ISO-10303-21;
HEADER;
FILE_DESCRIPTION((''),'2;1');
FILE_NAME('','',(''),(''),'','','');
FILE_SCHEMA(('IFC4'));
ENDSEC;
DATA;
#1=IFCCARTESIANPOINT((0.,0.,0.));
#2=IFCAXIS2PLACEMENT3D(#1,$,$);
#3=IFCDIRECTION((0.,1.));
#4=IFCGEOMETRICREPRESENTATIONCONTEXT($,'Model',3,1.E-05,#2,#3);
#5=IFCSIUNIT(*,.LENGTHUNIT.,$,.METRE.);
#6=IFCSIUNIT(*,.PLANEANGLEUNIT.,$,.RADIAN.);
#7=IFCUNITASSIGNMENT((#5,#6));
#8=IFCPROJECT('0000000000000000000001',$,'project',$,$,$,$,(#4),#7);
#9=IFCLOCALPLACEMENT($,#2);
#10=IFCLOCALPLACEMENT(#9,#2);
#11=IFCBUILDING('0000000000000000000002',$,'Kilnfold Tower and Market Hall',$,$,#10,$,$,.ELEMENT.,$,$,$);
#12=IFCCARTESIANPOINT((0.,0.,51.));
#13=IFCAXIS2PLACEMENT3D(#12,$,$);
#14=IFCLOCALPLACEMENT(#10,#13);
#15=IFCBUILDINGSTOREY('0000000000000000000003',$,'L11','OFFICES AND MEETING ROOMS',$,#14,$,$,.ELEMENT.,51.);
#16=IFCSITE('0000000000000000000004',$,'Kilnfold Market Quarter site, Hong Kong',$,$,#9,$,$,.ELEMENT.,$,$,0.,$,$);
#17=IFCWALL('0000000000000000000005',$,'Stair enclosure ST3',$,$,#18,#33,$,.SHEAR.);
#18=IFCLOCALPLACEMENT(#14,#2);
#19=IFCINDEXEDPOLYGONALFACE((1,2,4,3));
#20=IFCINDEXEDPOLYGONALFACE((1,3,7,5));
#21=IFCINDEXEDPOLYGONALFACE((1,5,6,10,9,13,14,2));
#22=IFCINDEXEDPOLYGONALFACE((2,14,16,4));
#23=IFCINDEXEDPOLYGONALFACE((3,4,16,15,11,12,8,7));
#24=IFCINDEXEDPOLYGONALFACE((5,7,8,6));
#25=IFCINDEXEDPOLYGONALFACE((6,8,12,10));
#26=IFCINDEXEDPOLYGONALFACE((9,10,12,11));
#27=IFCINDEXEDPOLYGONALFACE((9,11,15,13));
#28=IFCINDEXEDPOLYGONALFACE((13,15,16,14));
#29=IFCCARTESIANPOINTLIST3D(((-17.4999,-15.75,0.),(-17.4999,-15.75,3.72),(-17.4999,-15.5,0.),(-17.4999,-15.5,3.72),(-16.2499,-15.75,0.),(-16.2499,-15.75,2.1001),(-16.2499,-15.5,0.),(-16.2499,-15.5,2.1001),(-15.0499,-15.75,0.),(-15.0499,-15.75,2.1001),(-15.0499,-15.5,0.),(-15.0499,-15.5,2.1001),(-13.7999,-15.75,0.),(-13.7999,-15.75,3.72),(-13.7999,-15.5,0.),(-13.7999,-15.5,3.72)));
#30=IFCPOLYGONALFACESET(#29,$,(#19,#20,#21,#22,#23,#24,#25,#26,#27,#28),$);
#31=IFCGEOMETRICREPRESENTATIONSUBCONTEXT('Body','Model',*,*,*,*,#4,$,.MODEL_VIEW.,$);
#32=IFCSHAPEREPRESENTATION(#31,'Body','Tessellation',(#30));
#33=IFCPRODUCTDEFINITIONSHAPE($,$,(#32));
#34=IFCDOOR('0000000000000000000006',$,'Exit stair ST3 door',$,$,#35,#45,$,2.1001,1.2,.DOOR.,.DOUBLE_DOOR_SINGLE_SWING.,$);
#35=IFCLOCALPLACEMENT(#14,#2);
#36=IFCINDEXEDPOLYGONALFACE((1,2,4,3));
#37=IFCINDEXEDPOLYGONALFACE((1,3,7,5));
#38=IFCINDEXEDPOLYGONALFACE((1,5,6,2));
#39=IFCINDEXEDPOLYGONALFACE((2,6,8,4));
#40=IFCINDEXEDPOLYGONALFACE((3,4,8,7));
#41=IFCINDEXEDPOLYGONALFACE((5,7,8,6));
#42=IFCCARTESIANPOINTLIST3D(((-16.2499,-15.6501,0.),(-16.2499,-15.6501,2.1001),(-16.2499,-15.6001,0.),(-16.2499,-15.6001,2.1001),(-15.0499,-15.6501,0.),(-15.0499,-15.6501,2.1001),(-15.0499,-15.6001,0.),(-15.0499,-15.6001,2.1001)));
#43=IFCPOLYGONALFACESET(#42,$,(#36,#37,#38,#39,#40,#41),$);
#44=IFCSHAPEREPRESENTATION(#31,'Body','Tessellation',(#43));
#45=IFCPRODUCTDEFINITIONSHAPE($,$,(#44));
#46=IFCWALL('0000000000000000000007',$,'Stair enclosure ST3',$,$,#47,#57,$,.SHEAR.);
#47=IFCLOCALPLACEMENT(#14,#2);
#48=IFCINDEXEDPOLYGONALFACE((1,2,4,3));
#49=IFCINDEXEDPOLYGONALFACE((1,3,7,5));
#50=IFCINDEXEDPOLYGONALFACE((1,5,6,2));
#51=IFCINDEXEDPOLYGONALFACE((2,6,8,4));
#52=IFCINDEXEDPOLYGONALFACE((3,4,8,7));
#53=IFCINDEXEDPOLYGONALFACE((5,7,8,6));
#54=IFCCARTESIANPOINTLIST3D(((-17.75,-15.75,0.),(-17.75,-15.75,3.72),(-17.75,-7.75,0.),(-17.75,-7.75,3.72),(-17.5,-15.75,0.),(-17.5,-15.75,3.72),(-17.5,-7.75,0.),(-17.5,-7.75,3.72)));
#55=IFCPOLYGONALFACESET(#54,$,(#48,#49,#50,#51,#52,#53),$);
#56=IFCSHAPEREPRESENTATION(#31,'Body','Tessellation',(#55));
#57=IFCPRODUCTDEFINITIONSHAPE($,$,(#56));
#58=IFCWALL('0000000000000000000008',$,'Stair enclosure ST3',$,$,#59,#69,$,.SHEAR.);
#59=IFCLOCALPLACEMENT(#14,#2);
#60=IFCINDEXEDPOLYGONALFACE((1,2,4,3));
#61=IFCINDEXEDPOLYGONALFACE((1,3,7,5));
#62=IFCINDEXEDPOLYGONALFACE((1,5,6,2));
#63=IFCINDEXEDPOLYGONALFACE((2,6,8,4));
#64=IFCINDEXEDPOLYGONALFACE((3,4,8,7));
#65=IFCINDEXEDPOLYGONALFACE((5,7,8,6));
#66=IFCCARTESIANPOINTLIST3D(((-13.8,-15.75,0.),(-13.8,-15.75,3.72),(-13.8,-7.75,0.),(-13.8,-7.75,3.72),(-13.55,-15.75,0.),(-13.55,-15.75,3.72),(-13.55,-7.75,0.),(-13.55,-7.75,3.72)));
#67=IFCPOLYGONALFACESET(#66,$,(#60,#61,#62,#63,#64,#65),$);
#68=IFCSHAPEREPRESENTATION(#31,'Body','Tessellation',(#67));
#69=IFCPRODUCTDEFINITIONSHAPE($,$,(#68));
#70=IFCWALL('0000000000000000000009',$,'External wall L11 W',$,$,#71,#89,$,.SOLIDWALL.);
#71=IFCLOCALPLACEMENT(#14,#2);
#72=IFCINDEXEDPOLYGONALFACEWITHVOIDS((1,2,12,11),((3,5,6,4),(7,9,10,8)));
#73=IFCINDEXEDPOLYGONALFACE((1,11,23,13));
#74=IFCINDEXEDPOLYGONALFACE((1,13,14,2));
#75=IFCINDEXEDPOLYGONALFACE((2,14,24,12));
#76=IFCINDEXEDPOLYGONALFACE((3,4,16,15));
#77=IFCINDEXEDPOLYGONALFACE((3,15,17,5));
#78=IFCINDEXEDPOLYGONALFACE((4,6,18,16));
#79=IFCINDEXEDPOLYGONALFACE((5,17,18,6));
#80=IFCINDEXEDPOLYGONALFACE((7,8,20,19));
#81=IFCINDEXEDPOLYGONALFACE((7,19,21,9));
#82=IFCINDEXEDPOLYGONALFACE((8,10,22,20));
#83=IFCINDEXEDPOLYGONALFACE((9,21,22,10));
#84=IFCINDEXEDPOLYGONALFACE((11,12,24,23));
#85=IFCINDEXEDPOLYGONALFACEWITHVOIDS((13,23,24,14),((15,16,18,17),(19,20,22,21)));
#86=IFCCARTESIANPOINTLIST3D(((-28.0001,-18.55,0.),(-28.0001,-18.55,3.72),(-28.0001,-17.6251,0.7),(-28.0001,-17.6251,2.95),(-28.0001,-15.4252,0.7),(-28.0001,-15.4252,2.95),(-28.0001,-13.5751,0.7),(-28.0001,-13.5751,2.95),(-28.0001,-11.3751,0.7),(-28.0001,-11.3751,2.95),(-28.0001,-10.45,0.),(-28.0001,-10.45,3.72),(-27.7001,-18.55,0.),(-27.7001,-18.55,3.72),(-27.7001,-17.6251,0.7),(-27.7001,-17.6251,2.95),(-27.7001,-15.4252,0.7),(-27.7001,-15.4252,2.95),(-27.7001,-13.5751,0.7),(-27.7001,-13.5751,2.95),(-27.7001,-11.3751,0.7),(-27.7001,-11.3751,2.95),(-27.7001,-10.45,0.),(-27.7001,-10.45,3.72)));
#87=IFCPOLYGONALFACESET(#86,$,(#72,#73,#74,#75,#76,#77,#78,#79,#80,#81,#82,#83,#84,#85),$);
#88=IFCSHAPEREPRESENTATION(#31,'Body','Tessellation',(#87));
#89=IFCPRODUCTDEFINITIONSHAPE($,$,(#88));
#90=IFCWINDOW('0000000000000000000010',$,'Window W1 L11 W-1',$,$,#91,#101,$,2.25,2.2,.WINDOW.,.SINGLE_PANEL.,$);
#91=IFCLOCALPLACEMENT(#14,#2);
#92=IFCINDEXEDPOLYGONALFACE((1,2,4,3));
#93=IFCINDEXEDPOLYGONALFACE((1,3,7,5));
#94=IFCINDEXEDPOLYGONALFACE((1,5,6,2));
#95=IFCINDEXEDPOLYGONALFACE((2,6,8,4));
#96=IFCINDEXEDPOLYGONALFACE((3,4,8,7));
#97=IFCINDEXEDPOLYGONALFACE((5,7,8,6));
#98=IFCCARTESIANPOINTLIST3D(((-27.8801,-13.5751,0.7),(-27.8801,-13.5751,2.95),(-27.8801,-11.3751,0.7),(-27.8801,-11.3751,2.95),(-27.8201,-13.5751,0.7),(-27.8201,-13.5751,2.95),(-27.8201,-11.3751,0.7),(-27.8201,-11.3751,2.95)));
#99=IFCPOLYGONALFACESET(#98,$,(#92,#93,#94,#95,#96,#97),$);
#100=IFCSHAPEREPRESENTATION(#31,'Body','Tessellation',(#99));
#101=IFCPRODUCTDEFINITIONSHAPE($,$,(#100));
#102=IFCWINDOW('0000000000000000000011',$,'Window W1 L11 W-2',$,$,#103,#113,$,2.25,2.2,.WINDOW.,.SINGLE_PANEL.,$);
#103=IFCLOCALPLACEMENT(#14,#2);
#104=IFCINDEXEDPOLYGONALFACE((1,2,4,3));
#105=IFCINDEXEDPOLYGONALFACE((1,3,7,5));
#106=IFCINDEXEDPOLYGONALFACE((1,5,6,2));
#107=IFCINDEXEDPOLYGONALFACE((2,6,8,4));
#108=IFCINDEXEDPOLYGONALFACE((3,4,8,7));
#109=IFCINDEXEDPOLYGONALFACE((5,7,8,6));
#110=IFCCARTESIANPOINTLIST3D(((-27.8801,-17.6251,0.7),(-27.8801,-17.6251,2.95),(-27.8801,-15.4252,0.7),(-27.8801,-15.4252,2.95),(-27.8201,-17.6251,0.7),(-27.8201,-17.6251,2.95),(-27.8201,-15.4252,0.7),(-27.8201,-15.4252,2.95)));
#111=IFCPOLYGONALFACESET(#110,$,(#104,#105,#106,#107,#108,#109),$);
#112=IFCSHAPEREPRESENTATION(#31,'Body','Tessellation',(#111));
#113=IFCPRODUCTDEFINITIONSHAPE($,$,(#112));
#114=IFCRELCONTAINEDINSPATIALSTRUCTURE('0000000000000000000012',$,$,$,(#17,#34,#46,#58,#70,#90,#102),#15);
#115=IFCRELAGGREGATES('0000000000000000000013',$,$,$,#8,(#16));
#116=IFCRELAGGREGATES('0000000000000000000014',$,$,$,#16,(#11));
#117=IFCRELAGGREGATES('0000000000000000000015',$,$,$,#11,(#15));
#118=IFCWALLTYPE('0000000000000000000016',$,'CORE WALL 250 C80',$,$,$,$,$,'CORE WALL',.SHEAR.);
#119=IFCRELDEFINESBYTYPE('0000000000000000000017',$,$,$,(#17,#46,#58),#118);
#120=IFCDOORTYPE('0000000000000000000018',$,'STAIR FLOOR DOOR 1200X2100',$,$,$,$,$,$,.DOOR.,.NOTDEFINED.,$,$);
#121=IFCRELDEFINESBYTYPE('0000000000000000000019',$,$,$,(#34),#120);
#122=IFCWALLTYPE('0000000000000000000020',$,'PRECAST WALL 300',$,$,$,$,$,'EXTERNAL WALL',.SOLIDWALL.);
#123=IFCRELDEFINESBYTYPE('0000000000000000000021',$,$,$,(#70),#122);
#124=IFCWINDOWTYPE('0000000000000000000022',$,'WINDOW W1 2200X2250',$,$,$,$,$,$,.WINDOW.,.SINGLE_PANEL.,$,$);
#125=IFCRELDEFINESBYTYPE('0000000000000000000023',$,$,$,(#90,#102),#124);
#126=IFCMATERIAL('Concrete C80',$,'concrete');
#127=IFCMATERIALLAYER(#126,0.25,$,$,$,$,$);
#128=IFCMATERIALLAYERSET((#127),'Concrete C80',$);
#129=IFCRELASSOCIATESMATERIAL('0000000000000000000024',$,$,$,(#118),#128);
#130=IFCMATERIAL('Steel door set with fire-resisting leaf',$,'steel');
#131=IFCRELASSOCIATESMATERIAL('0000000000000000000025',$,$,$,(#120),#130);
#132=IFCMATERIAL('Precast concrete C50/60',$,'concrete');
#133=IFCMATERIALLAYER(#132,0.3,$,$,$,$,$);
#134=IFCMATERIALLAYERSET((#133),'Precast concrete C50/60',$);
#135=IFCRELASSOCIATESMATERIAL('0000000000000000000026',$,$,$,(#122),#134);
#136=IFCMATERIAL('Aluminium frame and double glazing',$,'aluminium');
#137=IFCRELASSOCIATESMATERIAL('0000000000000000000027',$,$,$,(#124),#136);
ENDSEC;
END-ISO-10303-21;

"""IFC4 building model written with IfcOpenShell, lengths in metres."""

from ifc_helpers import new_model, si_unit, direction, frame, frame_2d, origin, place, context, subcontext, project, spatial, rectangle, extrude, source, transform, mapped, material, layer, layer_set, type_object, element, fill, save


model = new_model("IFC4")

# Units and contexts
model_context = context("Model", 3, precision=1e-05, world=origin(), true_north=direction((0.0, 1.0)))
body_context = subcontext(model_context, "Body", "Model", "MODEL_VIEW")
ifc_project = project(units=[si_unit("LENGTHUNIT", "METRE"), si_unit("PLANEANGLEUNIT", "RADIAN")], contexts=[model_context])

# Site, building, storey
site_placement = place(None, origin())
site = spatial("IfcSite", under=ifc_project, at=site_placement, Name="Kilnfold Market Quarter site, Hong Kong", CompositionType="ELEMENT", RefElevation=0.0)
building_placement = place(site_placement, origin())
building = spatial("IfcBuilding", under=site, at=building_placement, Name="Kilnfold Tower and Market Hall", CompositionType="ELEMENT")
storey_placement = place(building_placement, frame((0.0, 0.0, 51.0)))
storey = spatial("IfcBuildingStorey", under=building, at=storey_placement, Name="L11", Description="OFFICES AND MEETING ROOMS", CompositionType="ELEMENT", Elevation=51.0)

# Wall, opening, door
ifc_material_1 = material(Name="Concrete C80", Category="concrete")
ifc_layer_1 = layer(ifc_material_1, 0.25)
ifc_layer_set_1 = layer_set([ifc_layer_1], Name="Concrete C80")
wall_type_1 = type_object("IfcWallType", Name="CORE WALL 250 C80", ElementType="CORE WALL", PredefinedType="SHEAR", material=ifc_layer_set_1)
shared_shape_1 = source(origin(), body_context, "Body", "SweptSolid", [
    extrude(rectangle(XDim=3.7, YDim=0.25, at=frame_2d((1.8501, 0.0))), origin(), (0.0, 0.0, 1.0), 3.72),
])
wall_1_placement = place(storey_placement, frame((-17.5, -15.625, 0.0), z_axis=(0.0, 0.0, 1.0), x_axis=(1.0, 0.0, 0.0)))
wall_1 = element("IfcWall", 1, at=wall_1_placement, inside=storey, type_object=wall_type_1, Name="Stair enclosure ST3", PredefinedType="SHEAR", context=body_context, shape_type="MappedRepresentation", body=[
    mapped(shared_shape_1, transform((0.0, 0.0, 0.0))),
])
opening_1_placement = place(wall_1_placement, frame((1.25, 0.0, 0.0)))
opening_1 = element("IfcOpeningElement", 2, at=opening_1_placement, cuts=wall_1, PredefinedType="OPENING", context=body_context, shape_type="SweptSolid", body=[
    extrude(rectangle(XDim=1.2, YDim=2.1001, at=frame_2d((0.6001, 1.05))), frame((0.0, 0.135, 0.0), z_axis=(0.0, -1.0, 0.0), x_axis=(1.0, 0.0, 0.0)), (0.0, 0.0, 1.0), 0.27),
])
ifc_material_2 = material(Name="Steel door set with fire-resisting leaf", Category="steel")
door_type_1 = type_object("IfcDoorType", Name="STAIR FLOOR DOOR 1200X2100", OperationType="NOTDEFINED", PredefinedType="DOOR", material=ifc_material_2)
door_1_placement = place(opening_1_placement, origin())
door_1 = element("IfcDoor", 3, at=door_1_placement, inside=storey, type_object=door_type_1, Name="Exit stair ST3 door", OperationType="DOUBLE_DOOR_SINGLE_SWING", OverallHeight=2.1001, OverallWidth=1.2, PredefinedType="DOOR", context=body_context, shape_type="SweptSolid", body=[
    extrude(rectangle(XDim=1.2, YDim=2.1001, at=frame_2d((0.6001, 1.05))), frame((0.0, 0.0249, 0.0), z_axis=(0.0, -1.0, 0.0), x_axis=(1.0, 0.0, 0.0)), (0.0, 0.0, 1.0), 0.05),
])
fill(opening_1, door_1)

# Walls
shared_shape_2 = source(origin(), body_context, "Body", "SweptSolid", [
    extrude(rectangle(XDim=8.0, YDim=0.25, at=frame_2d((4.0, 0.0))), origin(), (0.0, 0.0, 1.0), 3.72),
])
for number, where, z_axis, x_axis, name in (
    (4, (-17.625, -15.75, 0.0), (0.0, 0.0, 1.0), (0.0, 1.0, 0.0), "Stair enclosure ST3"),
    (5, (-13.675, -15.75, 0.0), (0.0, 0.0, 1.0), (0.0, 1.0, 0.0), "Stair enclosure ST3"),
):
    element("IfcWall", number, at=place(storey_placement, frame(where, z_axis=z_axis, x_axis=x_axis)), inside=storey, type_object=wall_type_1, Name=name, PredefinedType="SHEAR", context=body_context, shape_type="MappedRepresentation", body=[
        mapped(shared_shape_2, transform((0.0, 0.0, 0.0))),
    ])

# Wall, openings, windows
ifc_material_3 = material(Name="Precast concrete C50/60", Category="concrete")
ifc_layer_2 = layer(ifc_material_3, 0.3)
ifc_layer_set_2 = layer_set([ifc_layer_2], Name="Precast concrete C50/60")
wall_type_2 = type_object("IfcWallType", Name="PRECAST WALL 300", ElementType="EXTERNAL WALL", PredefinedType="SOLIDWALL", material=ifc_layer_set_2)
shared_shape_3 = source(origin(), body_context, "Body", "SweptSolid", [
    extrude(rectangle(XDim=8.1001, YDim=0.3, at=frame_2d((4.05, 0.0))), origin(), (0.0, 0.0, 1.0), 3.72),
])
wall_2_placement = place(storey_placement, frame((-27.8501, -10.45, 0.0), z_axis=(0.0, 0.0, 1.0), x_axis=(0.0, -1.0, 0.0)))
wall_2 = element("IfcWall", 6, at=wall_2_placement, inside=storey, type_object=wall_type_2, Name="External wall L11 W", PredefinedType="SOLIDWALL", context=body_context, shape_type="MappedRepresentation", body=[
    mapped(shared_shape_3, transform((0.0, 0.0, 0.0))),
])
opening_2_placement = place(wall_2_placement, frame((0.925, 0.0, 0.7)))
opening_2 = element("IfcOpeningElement", 7, at=opening_2_placement, cuts=wall_2, PredefinedType="OPENING", context=body_context, shape_type="SweptSolid", body=[
    extrude(rectangle(XDim=2.2, YDim=2.25, at=frame_2d((1.1001, 1.125))), frame((0.0, 0.1602, 0.0), z_axis=(0.0, -1.0, 0.0), x_axis=(1.0, 0.0, 0.0)), (0.0, 0.0, 1.0), 0.3201),
])
opening_3_placement = place(wall_2_placement, frame((4.9751, 0.0, 0.7)))
opening_3 = element("IfcOpeningElement", 8, at=opening_3_placement, cuts=wall_2, PredefinedType="OPENING", context=body_context, shape_type="SweptSolid", body=[
    extrude(rectangle(XDim=2.2, YDim=2.25, at=frame_2d((1.1001, 1.125))), frame((0.0, 0.1602, 0.0), z_axis=(0.0, -1.0, 0.0), x_axis=(1.0, 0.0, 0.0)), (0.0, 0.0, 1.0), 0.3201),
])
ifc_material_4 = material(Name="Aluminium frame and double glazing", Category="aluminium")
window_type = type_object("IfcWindowType", Name="WINDOW W1 2200X2250", PartitioningType="SINGLE_PANEL", PredefinedType="WINDOW", material=ifc_material_4)
window_1_placement = place(opening_2_placement, origin())
window_1 = element("IfcWindow", 9, at=window_1_placement, inside=storey, type_object=window_type, Name="Window W1 L11 W-1", OverallHeight=2.25, OverallWidth=2.2, PartitioningType="SINGLE_PANEL", PredefinedType="WINDOW", context=body_context, shape_type="SweptSolid", body=[
    extrude(rectangle(XDim=2.2, YDim=2.25, at=frame_2d((1.1001, 1.125))), frame((0.0, 0.03, 0.0), z_axis=(0.0, -1.0, 0.0), x_axis=(1.0, 0.0, 0.0)), (0.0, 0.0, 1.0), 0.0601),
])
fill(opening_2, window_1)
window_2_placement = place(opening_3_placement, origin())
window_2 = element("IfcWindow", 10, at=window_2_placement, inside=storey, type_object=window_type, Name="Window W1 L11 W-2", OverallHeight=2.25, OverallWidth=2.2, PartitioningType="SINGLE_PANEL", PredefinedType="WINDOW", context=body_context, shape_type="SweptSolid", body=[
    extrude(rectangle(XDim=2.2, YDim=2.25, at=frame_2d((1.1001, 1.125))), frame((0.0, 0.03, 0.0), z_axis=(0.0, -1.0, 0.0), x_axis=(1.0, 0.0, 0.0)), (0.0, 0.0, 1.0), 0.0601),
])
fill(opening_3, window_2)

save(model, "model.ifc")
